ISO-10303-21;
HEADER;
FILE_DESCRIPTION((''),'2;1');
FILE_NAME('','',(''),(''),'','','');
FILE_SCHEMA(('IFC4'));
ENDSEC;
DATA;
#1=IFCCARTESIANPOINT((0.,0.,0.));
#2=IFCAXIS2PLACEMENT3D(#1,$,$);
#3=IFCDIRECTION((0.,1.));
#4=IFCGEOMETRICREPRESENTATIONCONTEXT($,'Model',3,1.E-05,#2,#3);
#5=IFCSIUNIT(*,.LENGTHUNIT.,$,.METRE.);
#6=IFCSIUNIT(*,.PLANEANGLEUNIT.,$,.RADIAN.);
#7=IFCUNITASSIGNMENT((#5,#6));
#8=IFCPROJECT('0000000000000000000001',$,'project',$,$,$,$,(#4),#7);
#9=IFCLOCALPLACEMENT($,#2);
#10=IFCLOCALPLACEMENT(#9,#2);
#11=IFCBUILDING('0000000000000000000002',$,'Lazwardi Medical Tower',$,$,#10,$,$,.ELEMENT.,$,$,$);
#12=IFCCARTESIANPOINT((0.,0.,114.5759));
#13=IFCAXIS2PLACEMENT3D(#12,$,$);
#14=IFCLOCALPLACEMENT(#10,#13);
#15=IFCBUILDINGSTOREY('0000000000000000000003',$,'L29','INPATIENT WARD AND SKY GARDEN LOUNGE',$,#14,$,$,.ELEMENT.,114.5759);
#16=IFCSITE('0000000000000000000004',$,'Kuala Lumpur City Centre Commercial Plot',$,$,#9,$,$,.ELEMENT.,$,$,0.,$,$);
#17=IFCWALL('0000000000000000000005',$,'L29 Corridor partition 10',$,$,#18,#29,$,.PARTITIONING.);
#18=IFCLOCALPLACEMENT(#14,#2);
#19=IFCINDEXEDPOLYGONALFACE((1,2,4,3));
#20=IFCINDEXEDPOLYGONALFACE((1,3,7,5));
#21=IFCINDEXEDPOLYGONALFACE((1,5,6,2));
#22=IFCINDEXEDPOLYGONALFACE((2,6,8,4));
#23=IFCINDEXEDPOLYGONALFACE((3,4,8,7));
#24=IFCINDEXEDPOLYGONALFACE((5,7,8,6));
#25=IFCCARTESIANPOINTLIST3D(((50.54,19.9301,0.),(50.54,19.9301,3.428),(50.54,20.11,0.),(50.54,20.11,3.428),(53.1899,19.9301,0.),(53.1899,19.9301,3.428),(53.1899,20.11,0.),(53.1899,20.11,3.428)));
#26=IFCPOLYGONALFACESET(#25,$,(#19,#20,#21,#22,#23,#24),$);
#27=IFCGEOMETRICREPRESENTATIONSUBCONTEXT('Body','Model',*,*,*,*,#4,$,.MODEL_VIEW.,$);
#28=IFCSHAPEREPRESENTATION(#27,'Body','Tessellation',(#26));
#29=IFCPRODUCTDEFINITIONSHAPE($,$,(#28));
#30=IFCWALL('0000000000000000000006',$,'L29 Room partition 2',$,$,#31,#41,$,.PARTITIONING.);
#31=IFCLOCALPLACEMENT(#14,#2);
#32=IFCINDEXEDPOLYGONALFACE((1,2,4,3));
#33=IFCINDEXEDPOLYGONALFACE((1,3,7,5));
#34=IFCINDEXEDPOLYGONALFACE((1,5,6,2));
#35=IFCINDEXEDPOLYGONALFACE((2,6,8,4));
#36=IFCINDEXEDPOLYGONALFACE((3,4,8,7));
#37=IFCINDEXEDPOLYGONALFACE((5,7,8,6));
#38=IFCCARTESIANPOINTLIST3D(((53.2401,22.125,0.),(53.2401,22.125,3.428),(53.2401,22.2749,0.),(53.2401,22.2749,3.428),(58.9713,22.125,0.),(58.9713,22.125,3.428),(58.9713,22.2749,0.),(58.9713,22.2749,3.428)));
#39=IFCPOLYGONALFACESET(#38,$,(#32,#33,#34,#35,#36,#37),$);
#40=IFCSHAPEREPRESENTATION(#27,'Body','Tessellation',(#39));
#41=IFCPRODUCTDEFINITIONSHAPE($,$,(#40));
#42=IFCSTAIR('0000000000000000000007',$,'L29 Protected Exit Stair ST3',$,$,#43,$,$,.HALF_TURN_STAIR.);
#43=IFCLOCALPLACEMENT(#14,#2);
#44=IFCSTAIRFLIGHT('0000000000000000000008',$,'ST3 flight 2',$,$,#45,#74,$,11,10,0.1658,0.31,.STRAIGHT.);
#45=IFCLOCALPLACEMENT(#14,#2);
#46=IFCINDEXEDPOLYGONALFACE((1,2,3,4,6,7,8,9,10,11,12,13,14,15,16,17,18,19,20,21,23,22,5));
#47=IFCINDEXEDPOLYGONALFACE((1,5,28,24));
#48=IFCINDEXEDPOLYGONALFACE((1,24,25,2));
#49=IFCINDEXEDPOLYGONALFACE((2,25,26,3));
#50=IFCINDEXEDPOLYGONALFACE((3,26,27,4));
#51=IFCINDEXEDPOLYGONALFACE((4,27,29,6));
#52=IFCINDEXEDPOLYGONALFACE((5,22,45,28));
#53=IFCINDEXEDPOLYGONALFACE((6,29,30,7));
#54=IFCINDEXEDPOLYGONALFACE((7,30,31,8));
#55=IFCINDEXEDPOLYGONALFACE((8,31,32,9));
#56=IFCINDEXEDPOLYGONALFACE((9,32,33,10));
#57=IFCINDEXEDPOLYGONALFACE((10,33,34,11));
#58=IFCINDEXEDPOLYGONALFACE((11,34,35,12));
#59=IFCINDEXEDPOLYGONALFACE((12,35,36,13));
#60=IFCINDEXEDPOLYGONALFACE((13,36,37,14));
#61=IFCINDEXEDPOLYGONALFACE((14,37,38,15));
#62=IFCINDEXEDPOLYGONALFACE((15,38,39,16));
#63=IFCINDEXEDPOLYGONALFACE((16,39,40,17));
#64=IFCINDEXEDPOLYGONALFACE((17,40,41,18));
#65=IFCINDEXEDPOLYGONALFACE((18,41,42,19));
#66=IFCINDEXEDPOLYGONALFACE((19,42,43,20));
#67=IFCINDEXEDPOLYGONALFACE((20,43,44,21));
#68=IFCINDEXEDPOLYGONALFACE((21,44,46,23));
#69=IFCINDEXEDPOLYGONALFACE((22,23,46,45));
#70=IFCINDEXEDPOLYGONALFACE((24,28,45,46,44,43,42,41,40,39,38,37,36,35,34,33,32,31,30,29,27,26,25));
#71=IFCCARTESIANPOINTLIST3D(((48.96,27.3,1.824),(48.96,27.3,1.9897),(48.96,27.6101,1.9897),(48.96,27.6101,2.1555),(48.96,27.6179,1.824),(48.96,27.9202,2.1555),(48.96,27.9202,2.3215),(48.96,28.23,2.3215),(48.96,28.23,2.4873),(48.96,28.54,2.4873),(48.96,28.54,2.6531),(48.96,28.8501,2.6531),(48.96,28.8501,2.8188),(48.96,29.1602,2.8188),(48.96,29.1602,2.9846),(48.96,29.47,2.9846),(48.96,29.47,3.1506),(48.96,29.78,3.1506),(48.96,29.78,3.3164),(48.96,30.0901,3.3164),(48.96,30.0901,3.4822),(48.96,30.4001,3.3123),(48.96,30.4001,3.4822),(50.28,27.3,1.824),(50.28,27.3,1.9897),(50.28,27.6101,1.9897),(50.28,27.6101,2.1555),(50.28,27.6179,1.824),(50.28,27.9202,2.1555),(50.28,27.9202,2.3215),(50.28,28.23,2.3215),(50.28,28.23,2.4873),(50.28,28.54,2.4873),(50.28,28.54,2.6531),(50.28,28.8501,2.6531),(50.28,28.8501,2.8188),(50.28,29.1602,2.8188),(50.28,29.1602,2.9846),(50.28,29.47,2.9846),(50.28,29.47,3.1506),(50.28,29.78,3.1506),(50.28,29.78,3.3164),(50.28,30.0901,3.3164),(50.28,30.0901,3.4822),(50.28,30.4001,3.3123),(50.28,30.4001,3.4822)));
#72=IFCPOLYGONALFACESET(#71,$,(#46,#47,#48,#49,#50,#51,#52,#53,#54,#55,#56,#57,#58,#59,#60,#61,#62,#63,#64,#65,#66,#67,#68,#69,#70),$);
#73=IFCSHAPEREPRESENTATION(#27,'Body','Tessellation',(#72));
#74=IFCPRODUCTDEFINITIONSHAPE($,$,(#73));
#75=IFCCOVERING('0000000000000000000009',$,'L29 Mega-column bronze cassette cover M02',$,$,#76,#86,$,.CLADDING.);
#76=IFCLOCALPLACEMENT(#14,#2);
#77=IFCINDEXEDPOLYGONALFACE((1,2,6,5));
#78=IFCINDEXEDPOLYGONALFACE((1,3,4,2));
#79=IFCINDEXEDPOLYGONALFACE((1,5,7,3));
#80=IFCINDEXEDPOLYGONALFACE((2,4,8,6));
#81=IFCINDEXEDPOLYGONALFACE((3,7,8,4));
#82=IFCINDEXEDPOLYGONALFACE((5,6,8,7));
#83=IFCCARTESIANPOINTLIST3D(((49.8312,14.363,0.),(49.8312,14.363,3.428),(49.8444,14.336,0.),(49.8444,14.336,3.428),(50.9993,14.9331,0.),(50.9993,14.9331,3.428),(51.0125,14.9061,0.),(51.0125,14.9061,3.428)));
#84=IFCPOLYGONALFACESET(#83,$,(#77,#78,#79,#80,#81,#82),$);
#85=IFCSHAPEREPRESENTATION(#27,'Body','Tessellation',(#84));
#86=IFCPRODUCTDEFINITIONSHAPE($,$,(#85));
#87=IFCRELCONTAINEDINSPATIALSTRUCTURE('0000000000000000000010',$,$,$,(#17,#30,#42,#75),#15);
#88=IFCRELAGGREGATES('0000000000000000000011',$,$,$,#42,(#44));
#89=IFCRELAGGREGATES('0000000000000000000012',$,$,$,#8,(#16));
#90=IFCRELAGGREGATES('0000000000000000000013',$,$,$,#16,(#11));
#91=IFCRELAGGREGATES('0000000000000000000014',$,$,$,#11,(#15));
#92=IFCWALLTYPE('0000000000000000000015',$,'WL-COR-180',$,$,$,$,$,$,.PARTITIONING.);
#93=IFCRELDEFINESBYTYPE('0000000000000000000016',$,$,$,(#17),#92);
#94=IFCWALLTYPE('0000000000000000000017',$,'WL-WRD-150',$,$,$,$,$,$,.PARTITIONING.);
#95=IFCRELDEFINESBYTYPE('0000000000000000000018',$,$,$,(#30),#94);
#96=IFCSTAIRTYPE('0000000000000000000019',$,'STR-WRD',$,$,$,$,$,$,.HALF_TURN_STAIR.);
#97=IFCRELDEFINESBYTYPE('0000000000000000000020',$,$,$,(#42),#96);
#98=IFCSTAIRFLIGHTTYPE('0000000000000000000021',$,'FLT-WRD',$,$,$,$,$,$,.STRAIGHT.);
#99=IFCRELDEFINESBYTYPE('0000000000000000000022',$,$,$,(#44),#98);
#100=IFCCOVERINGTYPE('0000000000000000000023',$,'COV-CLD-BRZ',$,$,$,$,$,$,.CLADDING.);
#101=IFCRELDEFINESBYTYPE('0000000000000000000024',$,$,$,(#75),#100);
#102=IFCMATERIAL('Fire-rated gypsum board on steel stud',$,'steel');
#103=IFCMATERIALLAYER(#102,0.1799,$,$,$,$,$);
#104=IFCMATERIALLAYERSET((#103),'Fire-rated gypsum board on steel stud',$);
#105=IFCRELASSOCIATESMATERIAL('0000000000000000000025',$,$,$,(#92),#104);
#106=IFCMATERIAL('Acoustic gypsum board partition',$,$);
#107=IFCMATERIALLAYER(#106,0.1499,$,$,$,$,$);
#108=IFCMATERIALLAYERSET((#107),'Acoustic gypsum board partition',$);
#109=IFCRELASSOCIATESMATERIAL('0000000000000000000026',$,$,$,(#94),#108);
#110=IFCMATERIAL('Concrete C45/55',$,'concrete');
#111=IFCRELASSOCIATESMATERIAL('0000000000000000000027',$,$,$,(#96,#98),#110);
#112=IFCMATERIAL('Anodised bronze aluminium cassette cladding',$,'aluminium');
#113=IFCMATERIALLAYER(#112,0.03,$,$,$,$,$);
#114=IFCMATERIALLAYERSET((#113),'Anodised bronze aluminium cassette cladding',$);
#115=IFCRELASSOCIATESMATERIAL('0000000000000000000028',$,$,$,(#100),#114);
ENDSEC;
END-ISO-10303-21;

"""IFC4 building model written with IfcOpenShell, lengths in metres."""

from ifc_helpers import new_model, si_unit, direction, frame, frame_2d, origin, origin_2d, place, context, subcontext, project, spatial, polyline, rectangle, outline, extrude, material, layer, layer_set, type_object, element, aggregate, save


model = new_model("IFC4")

# Units and contexts
model_context = context("Model", 3, precision=1e-05, world=origin(), true_north=direction((0.0, 1.0)))
body_context = subcontext(model_context, "Body", "Model", "MODEL_VIEW")
ifc_project = project(units=[si_unit("LENGTHUNIT", "METRE"), si_unit("PLANEANGLEUNIT", "RADIAN")], contexts=[model_context])

# Site, building, storey
site_placement = place(None, origin())
site = spatial("IfcSite", under=ifc_project, at=site_placement, Name="Kuala Lumpur City Centre Commercial Plot", CompositionType="ELEMENT", RefElevation=0.0)
building_placement = place(site_placement, origin())
building = spatial("IfcBuilding", under=site, at=building_placement, Name="Lazwardi Medical Tower", CompositionType="ELEMENT")
storey_placement = place(building_placement, frame((0.0, 0.0, 114.5759)))
storey = spatial("IfcBuildingStorey", under=building, at=storey_placement, Name="L29", Description="INPATIENT WARD AND SKY GARDEN LOUNGE", CompositionType="ELEMENT", Elevation=114.5759)

# Walls
ifc_material_1 = material(Name="Fire-rated gypsum board on steel stud", Category="steel")
ifc_layer_1 = layer(ifc_material_1, 0.1799)
ifc_layer_set_1 = layer_set([ifc_layer_1], Name="Fire-rated gypsum board on steel stud")
wall_type_1 = type_object("IfcWallType", Name="WL-COR-180", PredefinedType="PARTITIONING", material=ifc_layer_set_1)
wall_1_placement = place(storey_placement, frame((53.1899, 20.02, 0.0), z_axis=(0.0, 0.0, 1.0), x_axis=(-1.0, 0.0, 0.0)))
element("IfcWall", 1, at=wall_1_placement, inside=storey, type_object=wall_type_1, Name="L29 Corridor partition 10", PredefinedType="PARTITIONING", context=body_context, shape_type="SweptSolid", body=[
    extrude(rectangle(XDim=2.6499, YDim=0.1799, at=frame_2d((1.325, 0.0))), origin(), (0.0, 0.0, 1.0), 3.428),
])
ifc_material_2 = material(Name="Acoustic gypsum board partition")
ifc_layer_2 = layer(ifc_material_2, 0.1499)
ifc_layer_set_2 = layer_set([ifc_layer_2], Name="Acoustic gypsum board partition")
wall_type_2 = type_object("IfcWallType", Name="WL-WRD-150", PredefinedType="PARTITIONING", material=ifc_layer_set_2)
wall_2_placement = place(storey_placement, frame((53.24, 22.2, 0.0), z_axis=(0.0, 0.0, 1.0), x_axis=(1.0, 0.0, 0.0)))
element("IfcWall", 2, at=wall_2_placement, inside=storey, type_object=wall_type_2, Name="L29 Room partition 2", PredefinedType="PARTITIONING", context=body_context, shape_type="SweptSolid", body=[
    extrude(rectangle(XDim=5.7312, YDim=0.1499, at=frame_2d((2.8657, 0.0))), origin(), (0.0, 0.0, 1.0), 3.428),
])

# Stair, stair flight
ifc_material_3 = material(Name="Concrete C45/55", Category="concrete")
stair_type = type_object("IfcStairType", Name="STR-WRD", PredefinedType="HALF_TURN_STAIR", material=ifc_material_3)
stair_placement = place(storey_placement, origin())
stair = element("IfcStair", 3, at=stair_placement, inside=storey, type_object=stair_type, Name="L29 Protected Exit Stair ST3", PredefinedType="HALF_TURN_STAIR")
stair_flight_type = type_object("IfcStairFlightType", Name="FLT-WRD", PredefinedType="STRAIGHT", material=ifc_material_3)
stair_flight_placement = place(storey_placement, frame((49.6201, 27.3, 1.824), z_axis=(0.0, 0.0, 1.0), x_axis=(0.0, 1.0, 0.0)))
stair_flight = element("IfcStairFlight", 4, at=stair_flight_placement, type_object=stair_flight_type, Name="ST3 flight 2", NumberOfRisers=11, NumberOfTreads=10, PredefinedType="STRAIGHT", RiserHeight=0.1658, TreadLength=0.31, context=body_context, shape_type="SweptSolid", body=[
    extrude(outline(polyline([(0.0, 0.0), (0.0, 0.1658), (0.3101, 0.1658), (0.3101, 0.3315), (0.6201, 0.3315), (0.6201, 0.4976), (0.9299, 0.4976), (0.9299, 0.6633), (1.24, 0.6633), (1.24, 0.8291), (1.55, 0.8291), (1.55, 0.9949), (1.8601, 0.9949), (1.8601, 1.1606), (2.1699, 1.1606), (2.1699, 1.3267), (2.48, 1.3267), (2.48, 1.4924), (2.79, 1.4924), (2.79, 1.6582), (3.1001, 1.6582), (3.1001, 1.824), (3.1001, 1.4883), (0.3179, 0.0), (0.0, 0.0)])), frame((0.0, 0.6602, 0.0), z_axis=(0.0, -1.0, 0.0), x_axis=(1.0, 0.0, 0.0)), (0.0, 0.0, 1.0), 1.3201),
])
aggregate(stair, [stair_flight])

# Covering
ifc_material_4 = material(Name="Anodised bronze aluminium cassette cladding", Category="aluminium")
ifc_layer_3 = layer(ifc_material_4, 0.03)
ifc_layer_set_3 = layer_set([ifc_layer_3], Name="Anodised bronze aluminium cassette cladding")
covering_type = type_object("IfcCoveringType", Name="COV-CLD-BRZ", PredefinedType="CLADDING", material=ifc_layer_set_3)
covering_placement = place(storey_placement, frame((50.4219, 14.6345, 0.0), z_axis=(0.0, 0.0, 1.0), x_axis=(0.898679, 0.438606, 0.0)))
element("IfcCovering", 5, at=covering_placement, inside=storey, type_object=covering_type, Name="L29 Mega-column bronze cassette cover M02", PredefinedType="CLADDING", context=body_context, shape_type="SweptSolid", body=[
    extrude(rectangle(XDim=1.2998, YDim=0.03, at=origin_2d()), origin(), (0.0, 0.0, 1.0), 3.428),
])

save(model, "model.ifc")
